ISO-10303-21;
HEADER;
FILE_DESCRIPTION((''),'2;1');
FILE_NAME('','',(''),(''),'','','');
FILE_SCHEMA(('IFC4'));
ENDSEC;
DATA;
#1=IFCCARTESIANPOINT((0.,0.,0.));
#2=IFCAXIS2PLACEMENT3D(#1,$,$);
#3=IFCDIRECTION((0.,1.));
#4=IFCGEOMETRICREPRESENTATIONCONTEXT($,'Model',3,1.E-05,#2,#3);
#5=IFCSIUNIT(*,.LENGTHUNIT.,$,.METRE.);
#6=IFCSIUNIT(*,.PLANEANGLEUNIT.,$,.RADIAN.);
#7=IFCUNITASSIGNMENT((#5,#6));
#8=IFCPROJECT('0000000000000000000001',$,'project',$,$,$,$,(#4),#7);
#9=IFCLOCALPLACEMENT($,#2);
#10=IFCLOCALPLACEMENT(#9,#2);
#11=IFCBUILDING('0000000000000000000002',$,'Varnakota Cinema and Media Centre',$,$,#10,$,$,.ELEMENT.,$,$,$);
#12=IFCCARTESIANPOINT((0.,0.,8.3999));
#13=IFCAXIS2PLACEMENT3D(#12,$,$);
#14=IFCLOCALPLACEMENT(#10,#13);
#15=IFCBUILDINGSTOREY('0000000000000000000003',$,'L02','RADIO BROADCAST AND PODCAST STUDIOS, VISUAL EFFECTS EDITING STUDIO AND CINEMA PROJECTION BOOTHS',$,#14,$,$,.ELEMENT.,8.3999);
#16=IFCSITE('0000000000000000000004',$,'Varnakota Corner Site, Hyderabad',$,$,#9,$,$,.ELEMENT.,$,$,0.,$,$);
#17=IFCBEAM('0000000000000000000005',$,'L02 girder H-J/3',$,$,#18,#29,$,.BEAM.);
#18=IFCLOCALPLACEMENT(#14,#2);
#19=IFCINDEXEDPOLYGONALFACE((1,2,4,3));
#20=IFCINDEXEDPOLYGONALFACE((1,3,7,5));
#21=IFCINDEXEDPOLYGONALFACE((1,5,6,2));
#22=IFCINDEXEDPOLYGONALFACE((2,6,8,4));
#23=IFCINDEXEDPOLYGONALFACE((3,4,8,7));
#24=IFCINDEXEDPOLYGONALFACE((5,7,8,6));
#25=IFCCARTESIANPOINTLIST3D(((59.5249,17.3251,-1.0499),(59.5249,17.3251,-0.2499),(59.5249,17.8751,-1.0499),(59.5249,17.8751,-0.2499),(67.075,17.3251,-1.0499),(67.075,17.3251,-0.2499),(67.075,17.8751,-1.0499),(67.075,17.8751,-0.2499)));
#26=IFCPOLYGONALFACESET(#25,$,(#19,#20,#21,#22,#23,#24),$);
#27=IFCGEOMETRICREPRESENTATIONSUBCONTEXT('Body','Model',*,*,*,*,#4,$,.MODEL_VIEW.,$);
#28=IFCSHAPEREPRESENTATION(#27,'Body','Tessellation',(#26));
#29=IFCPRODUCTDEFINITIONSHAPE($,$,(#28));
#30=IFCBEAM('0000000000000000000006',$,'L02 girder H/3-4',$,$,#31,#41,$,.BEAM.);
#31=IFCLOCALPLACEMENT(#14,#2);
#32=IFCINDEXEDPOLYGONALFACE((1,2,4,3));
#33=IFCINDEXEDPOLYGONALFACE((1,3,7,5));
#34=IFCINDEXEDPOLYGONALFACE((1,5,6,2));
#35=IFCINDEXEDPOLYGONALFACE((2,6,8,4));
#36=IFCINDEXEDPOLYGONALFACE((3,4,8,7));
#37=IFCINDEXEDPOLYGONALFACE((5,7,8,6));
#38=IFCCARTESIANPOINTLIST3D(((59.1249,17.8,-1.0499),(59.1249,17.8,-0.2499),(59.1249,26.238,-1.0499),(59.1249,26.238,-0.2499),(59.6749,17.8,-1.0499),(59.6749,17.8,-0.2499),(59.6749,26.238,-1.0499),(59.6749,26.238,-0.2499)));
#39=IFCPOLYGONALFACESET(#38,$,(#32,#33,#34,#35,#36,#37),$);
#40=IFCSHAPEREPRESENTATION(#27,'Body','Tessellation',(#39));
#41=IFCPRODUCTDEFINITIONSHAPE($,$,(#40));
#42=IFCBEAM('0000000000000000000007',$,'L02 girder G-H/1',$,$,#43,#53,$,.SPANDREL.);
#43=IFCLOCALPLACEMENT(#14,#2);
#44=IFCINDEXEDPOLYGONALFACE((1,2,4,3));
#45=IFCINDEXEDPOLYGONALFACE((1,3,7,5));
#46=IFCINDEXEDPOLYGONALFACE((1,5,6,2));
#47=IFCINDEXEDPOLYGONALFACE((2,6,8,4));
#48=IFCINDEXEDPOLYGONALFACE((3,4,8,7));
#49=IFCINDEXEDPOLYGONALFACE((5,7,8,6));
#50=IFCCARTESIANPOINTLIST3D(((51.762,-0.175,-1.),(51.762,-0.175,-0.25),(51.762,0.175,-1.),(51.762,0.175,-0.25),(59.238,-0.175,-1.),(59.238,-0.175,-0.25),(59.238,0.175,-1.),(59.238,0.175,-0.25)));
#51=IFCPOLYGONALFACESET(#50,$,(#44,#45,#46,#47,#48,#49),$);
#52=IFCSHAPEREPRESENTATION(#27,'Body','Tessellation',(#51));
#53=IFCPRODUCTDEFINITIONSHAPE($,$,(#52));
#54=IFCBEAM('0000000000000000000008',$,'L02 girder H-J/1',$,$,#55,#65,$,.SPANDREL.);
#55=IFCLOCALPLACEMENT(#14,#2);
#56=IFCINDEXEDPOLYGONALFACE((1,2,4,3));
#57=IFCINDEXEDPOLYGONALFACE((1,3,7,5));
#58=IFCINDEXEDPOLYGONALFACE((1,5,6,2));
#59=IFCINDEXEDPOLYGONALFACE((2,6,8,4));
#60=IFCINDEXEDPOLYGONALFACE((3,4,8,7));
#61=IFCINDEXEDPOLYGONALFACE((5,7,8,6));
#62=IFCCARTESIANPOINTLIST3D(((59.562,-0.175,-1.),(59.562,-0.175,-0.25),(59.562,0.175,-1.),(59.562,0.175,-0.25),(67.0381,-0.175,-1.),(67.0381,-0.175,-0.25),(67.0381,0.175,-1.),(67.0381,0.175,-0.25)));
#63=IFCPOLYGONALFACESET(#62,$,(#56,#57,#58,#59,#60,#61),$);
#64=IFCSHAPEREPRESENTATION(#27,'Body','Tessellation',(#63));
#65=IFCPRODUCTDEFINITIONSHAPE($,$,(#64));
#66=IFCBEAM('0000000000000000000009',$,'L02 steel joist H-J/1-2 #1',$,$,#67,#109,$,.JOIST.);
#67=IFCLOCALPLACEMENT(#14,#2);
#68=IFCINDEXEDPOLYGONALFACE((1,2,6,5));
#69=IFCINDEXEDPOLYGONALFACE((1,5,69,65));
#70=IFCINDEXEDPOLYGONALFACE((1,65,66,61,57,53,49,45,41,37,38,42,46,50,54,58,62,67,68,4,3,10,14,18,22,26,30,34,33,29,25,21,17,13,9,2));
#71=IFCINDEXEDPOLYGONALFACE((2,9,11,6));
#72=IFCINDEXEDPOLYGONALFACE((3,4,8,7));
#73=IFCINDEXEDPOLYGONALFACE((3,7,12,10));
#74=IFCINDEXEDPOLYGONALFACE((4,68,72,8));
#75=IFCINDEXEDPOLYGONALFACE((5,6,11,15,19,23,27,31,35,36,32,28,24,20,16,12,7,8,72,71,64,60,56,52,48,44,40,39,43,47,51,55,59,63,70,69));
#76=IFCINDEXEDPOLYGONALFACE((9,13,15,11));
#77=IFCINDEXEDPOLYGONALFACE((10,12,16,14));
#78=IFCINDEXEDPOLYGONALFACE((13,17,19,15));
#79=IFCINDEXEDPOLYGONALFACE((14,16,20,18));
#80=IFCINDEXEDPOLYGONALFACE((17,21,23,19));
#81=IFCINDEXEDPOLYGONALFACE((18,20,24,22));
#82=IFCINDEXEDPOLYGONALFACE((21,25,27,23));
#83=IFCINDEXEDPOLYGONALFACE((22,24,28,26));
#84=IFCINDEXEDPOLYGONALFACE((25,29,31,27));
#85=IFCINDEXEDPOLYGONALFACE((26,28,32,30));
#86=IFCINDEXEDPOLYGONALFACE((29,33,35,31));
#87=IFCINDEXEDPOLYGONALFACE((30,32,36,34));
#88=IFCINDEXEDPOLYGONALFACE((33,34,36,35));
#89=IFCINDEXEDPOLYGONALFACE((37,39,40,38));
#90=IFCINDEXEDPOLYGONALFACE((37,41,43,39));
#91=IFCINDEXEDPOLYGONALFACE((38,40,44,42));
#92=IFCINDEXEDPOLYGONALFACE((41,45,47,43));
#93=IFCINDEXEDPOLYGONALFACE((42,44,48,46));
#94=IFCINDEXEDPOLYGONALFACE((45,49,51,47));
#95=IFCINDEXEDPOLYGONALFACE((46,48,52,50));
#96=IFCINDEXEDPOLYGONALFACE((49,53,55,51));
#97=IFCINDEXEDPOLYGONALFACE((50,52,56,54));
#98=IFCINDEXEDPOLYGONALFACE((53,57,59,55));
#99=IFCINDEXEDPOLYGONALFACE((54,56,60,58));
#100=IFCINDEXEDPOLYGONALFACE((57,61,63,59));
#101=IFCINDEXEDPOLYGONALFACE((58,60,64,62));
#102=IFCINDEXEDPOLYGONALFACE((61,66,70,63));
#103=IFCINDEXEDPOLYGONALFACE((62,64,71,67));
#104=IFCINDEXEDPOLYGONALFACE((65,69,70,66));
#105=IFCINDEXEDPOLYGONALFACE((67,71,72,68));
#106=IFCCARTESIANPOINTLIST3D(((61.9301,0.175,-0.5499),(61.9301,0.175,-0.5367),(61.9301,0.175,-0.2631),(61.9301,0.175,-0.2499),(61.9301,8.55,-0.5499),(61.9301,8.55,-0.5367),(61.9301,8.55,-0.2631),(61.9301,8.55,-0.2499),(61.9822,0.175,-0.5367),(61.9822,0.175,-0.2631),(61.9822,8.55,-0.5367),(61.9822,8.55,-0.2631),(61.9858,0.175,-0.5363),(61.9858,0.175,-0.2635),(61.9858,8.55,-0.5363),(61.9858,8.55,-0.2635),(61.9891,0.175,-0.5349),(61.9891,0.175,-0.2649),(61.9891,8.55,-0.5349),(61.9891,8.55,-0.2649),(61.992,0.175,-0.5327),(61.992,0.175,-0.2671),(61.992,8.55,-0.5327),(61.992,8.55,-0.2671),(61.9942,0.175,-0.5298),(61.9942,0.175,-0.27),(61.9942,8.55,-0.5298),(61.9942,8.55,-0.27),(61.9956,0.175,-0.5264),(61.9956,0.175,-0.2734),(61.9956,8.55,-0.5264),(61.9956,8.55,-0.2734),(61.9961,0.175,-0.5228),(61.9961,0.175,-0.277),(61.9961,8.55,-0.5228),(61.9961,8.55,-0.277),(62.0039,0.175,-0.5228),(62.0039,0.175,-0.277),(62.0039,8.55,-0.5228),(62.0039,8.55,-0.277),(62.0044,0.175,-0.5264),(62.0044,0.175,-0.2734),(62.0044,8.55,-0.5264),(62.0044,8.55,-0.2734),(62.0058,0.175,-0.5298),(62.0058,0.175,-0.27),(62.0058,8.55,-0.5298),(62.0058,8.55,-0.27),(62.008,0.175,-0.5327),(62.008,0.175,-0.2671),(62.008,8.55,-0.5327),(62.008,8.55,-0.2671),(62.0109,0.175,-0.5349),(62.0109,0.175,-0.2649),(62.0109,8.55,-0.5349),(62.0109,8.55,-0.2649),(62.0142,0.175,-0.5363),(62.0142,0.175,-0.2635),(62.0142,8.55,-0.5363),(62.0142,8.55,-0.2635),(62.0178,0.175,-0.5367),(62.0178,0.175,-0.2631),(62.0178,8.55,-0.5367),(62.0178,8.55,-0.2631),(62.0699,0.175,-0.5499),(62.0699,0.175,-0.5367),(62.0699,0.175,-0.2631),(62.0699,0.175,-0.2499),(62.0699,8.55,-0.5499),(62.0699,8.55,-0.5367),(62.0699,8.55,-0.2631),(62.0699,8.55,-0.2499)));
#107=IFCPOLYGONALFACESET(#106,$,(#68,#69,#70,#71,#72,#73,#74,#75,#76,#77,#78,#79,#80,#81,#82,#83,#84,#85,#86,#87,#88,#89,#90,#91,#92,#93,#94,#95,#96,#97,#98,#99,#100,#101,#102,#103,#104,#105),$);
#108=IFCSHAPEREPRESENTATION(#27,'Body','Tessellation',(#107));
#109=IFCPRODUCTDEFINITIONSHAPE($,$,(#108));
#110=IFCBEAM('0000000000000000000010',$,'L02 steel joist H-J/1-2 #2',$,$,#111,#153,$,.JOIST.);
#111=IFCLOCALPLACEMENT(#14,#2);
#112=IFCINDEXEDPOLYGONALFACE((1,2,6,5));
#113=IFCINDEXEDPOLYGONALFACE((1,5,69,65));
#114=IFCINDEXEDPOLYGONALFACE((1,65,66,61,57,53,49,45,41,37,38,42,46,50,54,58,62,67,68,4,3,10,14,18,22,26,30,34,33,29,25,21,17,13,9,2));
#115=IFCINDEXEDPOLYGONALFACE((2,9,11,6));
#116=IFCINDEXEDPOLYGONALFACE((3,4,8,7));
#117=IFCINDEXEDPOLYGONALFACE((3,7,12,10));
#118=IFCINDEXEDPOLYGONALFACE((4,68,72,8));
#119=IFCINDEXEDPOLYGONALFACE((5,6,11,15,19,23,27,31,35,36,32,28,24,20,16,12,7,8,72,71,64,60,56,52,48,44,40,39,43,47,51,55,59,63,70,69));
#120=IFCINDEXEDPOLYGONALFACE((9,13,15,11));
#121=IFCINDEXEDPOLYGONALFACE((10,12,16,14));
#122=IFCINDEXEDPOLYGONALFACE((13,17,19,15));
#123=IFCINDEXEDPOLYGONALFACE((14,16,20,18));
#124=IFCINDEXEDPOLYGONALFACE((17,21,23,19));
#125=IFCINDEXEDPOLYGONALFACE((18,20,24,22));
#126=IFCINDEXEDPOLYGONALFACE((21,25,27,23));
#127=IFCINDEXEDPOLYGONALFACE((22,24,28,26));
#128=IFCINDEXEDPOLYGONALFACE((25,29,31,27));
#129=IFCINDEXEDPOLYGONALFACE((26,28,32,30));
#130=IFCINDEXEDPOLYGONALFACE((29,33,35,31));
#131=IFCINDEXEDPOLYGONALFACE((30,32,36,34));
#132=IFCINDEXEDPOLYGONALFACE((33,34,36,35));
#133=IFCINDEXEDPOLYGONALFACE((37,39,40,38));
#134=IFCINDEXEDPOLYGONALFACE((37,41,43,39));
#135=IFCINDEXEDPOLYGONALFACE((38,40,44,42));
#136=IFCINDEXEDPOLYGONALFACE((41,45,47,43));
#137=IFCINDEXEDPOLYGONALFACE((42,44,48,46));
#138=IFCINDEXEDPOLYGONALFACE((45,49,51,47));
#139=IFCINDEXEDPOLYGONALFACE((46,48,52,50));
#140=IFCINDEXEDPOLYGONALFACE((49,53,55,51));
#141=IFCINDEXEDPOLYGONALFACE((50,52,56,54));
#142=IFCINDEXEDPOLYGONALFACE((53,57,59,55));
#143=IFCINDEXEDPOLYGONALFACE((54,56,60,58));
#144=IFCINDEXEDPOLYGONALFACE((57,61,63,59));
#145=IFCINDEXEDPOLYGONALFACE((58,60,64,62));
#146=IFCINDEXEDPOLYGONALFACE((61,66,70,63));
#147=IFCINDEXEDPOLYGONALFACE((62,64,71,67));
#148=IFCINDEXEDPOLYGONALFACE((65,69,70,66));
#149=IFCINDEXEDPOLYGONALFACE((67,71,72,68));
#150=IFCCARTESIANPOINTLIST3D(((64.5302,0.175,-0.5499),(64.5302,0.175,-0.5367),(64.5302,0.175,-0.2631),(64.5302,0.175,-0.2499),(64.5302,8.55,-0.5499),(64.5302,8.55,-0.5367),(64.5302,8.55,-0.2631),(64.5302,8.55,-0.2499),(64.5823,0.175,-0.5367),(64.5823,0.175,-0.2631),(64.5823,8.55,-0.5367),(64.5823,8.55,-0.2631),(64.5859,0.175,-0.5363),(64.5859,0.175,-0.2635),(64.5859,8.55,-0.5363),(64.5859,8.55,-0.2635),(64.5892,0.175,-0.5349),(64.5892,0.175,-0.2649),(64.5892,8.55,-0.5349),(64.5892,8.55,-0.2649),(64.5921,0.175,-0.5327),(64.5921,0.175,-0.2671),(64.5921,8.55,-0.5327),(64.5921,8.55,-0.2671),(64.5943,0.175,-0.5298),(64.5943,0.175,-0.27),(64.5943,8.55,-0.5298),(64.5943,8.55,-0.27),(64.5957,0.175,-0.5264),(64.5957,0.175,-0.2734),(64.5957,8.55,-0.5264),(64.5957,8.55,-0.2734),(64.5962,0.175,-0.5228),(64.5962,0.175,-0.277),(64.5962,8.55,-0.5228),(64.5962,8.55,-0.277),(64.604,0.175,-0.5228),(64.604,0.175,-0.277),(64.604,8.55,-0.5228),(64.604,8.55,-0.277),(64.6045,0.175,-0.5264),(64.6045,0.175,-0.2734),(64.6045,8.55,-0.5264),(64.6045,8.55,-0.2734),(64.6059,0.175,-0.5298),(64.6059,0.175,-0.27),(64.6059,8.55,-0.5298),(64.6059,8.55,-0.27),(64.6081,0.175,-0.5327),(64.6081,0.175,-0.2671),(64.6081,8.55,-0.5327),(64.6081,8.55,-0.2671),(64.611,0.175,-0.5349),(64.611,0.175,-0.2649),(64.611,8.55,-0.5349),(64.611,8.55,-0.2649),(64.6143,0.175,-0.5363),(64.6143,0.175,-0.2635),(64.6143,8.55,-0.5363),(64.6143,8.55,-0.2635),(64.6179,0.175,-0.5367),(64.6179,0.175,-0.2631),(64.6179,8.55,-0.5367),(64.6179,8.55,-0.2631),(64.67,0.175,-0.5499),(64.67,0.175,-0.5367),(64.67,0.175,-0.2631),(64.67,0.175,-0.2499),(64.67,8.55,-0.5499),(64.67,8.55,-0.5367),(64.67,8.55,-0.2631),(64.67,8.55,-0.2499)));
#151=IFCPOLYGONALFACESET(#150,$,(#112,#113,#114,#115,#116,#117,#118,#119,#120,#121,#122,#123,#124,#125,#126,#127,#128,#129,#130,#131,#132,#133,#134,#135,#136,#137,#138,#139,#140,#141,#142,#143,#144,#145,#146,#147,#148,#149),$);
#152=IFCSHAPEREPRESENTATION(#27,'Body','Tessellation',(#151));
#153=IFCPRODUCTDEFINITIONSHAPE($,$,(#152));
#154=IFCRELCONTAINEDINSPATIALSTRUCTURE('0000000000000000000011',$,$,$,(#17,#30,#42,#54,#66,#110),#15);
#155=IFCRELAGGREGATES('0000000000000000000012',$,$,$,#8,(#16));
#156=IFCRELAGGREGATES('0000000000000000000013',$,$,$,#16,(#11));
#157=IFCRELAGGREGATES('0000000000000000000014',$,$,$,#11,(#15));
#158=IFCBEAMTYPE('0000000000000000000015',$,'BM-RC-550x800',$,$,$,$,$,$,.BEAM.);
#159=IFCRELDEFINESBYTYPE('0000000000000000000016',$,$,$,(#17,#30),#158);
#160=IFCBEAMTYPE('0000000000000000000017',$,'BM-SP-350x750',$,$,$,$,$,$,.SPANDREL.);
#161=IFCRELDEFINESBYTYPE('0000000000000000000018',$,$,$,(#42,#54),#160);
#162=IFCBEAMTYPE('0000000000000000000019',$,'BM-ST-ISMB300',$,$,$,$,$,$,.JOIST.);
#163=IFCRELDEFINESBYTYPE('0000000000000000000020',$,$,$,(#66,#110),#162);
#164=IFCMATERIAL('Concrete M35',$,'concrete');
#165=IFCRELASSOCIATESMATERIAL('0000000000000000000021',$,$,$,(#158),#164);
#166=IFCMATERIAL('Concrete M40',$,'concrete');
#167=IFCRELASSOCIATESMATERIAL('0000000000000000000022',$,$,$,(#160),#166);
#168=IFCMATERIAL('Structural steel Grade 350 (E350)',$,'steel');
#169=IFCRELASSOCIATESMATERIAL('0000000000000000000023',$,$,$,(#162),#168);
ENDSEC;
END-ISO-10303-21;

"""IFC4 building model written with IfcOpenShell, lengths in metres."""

from ifc_helpers import new_model, si_unit, direction, frame, origin, origin_2d, place, context, subcontext, project, spatial, rectangle, i_section, extrude, material, material_profile, profile_set, type_object, element, save


model = new_model("IFC4")

# Units and contexts
model_context = context("Model", 3, precision=1e-05, world=origin(), true_north=direction((0.0, 1.0)))
body_context = subcontext(model_context, "Body", "Model", "MODEL_VIEW")
ifc_project = project(units=[si_unit("LENGTHUNIT", "METRE"), si_unit("PLANEANGLEUNIT", "RADIAN")], contexts=[model_context])

# Site, building, storey
site_placement = place(None, origin())
site = spatial("IfcSite", under=ifc_project, at=site_placement, Name="Varnakota Corner Site, Hyderabad", CompositionType="ELEMENT", RefElevation=0.0)
building_placement = place(site_placement, origin())
building = spatial("IfcBuilding", under=site, at=building_placement, Name="Varnakota Cinema and Media Centre", CompositionType="ELEMENT")
storey_placement = place(building_placement, frame((0.0, 0.0, 8.3999)))
storey = spatial("IfcBuildingStorey", under=building, at=storey_placement, Name="L02", Description="RADIO BROADCAST AND PODCAST STUDIOS, VISUAL EFFECTS EDITING STUDIO AND CINEMA PROJECTION BOOTHS", CompositionType="ELEMENT", Elevation=8.3999)

# Beams
ifc_material_1 = material(Name="Concrete M35", Category="concrete")
ifc_material_profile_1 = material_profile(ifc_material_1, rectangle(XDim=0.55, YDim=0.8, at=origin_2d()), Name="RCB 550x800")
ifc_profile_set_1 = profile_set([ifc_material_profile_1], Name="Concrete M35")
beam_type_1 = type_object("IfcBeamType", Name="BM-RC-550x800", PredefinedType="BEAM", material=ifc_profile_set_1)
beam_1_placement = place(storey_placement, frame((59.5249, 17.6001, -0.6499), z_axis=(1.0, 0.0, 0.0), x_axis=(0.0, 1.0, 0.0)))
element("IfcBeam", 1, at=beam_1_placement, inside=storey, type_object=beam_type_1, Name="L02 girder H-J/3", PredefinedType="BEAM", context=body_context, shape_type="SweptSolid", body=[
    extrude(rectangle(XDim=0.55, YDim=0.8, at=origin_2d()), origin(), (0.0, 0.0, 1.0), 7.55),
])
beam_2_placement = place(storey_placement, frame((59.3999, 17.8, -0.6499), z_axis=(0.0, 1.0, 0.0), x_axis=(-1.0, 0.0, 0.0)))
element("IfcBeam", 2, at=beam_2_placement, inside=storey, type_object=beam_type_1, Name="L02 girder H/3-4", PredefinedType="BEAM", context=body_context, shape_type="SweptSolid", body=[
    extrude(rectangle(XDim=0.55, YDim=0.8, at=origin_2d()), origin(), (0.0, 0.0, 1.0), 8.438),
])
ifc_material_2 = material(Name="Concrete M40", Category="concrete")
ifc_material_profile_2 = material_profile(ifc_material_2, rectangle(XDim=0.3501, YDim=0.75, at=origin_2d()), Name="RCB 350x750")
ifc_profile_set_2 = profile_set([ifc_material_profile_2], Name="Concrete M40")
beam_type_2 = type_object("IfcBeamType", Name="BM-SP-350x750", PredefinedType="SPANDREL", material=ifc_profile_set_2)
for number, where, z_axis, x_axis, name in (
    (3, (51.762, 0.0, -0.625), (1.0, 0.0, 0.0), (0.0, 1.0, 0.0), "L02 girder G-H/1"),
    (4, (59.562, 0.0, -0.625), (1.0, 0.0, 0.0), (0.0, 1.0, 0.0), "L02 girder H-J/1"),
):
    element("IfcBeam", number, at=place(storey_placement, frame(where, z_axis=z_axis, x_axis=x_axis)), inside=storey, type_object=beam_type_2, Name=name, PredefinedType="SPANDREL", context=body_context, shape_type="SweptSolid", body=[
        extrude(rectangle(XDim=0.3501, YDim=0.75, at=origin_2d()), origin(), (0.0, 0.0, 1.0), 7.4761),
    ])
ifc_material_3 = material(Name="Structural steel Grade 350 (E350)", Category="steel")
ifc_material_profile_3 = material_profile(ifc_material_3, i_section(OverallWidth=0.1399, OverallDepth=0.3, WebThickness=0.0078, FlangeThickness=0.0132, FilletRadius=0.0139, at=origin_2d()), Name="ISMB 300")
ifc_profile_set_3 = profile_set([ifc_material_profile_3], Name="Structural steel Grade 350 (E350)")
beam_type_3 = type_object("IfcBeamType", Name="BM-ST-ISMB300", PredefinedType="JOIST", material=ifc_profile_set_3)
for number, where, z_axis, x_axis, name in (
    (5, (62.0, 0.175, -0.3999), (0.0, 1.0, 0.0), (-1.0, 0.0, 0.0), "L02 steel joist H-J/1-2 #1"),
    (6, (64.6001, 0.175, -0.3999), (0.0, 1.0, 0.0), (-1.0, 0.0, 0.0), "L02 steel joist H-J/1-2 #2"),
):
    element("IfcBeam", number, at=place(storey_placement, frame(where, z_axis=z_axis, x_axis=x_axis)), inside=storey, type_object=beam_type_3, Name=name, PredefinedType="JOIST", context=body_context, shape_type="SweptSolid", body=[
        extrude(i_section(OverallWidth=0.1399, OverallDepth=0.3, WebThickness=0.0078, FlangeThickness=0.0132, FilletRadius=0.0139, at=origin_2d()), origin(), (0.0, 0.0, 1.0), 8.375),
    ])

save(model, "model.ifc")
